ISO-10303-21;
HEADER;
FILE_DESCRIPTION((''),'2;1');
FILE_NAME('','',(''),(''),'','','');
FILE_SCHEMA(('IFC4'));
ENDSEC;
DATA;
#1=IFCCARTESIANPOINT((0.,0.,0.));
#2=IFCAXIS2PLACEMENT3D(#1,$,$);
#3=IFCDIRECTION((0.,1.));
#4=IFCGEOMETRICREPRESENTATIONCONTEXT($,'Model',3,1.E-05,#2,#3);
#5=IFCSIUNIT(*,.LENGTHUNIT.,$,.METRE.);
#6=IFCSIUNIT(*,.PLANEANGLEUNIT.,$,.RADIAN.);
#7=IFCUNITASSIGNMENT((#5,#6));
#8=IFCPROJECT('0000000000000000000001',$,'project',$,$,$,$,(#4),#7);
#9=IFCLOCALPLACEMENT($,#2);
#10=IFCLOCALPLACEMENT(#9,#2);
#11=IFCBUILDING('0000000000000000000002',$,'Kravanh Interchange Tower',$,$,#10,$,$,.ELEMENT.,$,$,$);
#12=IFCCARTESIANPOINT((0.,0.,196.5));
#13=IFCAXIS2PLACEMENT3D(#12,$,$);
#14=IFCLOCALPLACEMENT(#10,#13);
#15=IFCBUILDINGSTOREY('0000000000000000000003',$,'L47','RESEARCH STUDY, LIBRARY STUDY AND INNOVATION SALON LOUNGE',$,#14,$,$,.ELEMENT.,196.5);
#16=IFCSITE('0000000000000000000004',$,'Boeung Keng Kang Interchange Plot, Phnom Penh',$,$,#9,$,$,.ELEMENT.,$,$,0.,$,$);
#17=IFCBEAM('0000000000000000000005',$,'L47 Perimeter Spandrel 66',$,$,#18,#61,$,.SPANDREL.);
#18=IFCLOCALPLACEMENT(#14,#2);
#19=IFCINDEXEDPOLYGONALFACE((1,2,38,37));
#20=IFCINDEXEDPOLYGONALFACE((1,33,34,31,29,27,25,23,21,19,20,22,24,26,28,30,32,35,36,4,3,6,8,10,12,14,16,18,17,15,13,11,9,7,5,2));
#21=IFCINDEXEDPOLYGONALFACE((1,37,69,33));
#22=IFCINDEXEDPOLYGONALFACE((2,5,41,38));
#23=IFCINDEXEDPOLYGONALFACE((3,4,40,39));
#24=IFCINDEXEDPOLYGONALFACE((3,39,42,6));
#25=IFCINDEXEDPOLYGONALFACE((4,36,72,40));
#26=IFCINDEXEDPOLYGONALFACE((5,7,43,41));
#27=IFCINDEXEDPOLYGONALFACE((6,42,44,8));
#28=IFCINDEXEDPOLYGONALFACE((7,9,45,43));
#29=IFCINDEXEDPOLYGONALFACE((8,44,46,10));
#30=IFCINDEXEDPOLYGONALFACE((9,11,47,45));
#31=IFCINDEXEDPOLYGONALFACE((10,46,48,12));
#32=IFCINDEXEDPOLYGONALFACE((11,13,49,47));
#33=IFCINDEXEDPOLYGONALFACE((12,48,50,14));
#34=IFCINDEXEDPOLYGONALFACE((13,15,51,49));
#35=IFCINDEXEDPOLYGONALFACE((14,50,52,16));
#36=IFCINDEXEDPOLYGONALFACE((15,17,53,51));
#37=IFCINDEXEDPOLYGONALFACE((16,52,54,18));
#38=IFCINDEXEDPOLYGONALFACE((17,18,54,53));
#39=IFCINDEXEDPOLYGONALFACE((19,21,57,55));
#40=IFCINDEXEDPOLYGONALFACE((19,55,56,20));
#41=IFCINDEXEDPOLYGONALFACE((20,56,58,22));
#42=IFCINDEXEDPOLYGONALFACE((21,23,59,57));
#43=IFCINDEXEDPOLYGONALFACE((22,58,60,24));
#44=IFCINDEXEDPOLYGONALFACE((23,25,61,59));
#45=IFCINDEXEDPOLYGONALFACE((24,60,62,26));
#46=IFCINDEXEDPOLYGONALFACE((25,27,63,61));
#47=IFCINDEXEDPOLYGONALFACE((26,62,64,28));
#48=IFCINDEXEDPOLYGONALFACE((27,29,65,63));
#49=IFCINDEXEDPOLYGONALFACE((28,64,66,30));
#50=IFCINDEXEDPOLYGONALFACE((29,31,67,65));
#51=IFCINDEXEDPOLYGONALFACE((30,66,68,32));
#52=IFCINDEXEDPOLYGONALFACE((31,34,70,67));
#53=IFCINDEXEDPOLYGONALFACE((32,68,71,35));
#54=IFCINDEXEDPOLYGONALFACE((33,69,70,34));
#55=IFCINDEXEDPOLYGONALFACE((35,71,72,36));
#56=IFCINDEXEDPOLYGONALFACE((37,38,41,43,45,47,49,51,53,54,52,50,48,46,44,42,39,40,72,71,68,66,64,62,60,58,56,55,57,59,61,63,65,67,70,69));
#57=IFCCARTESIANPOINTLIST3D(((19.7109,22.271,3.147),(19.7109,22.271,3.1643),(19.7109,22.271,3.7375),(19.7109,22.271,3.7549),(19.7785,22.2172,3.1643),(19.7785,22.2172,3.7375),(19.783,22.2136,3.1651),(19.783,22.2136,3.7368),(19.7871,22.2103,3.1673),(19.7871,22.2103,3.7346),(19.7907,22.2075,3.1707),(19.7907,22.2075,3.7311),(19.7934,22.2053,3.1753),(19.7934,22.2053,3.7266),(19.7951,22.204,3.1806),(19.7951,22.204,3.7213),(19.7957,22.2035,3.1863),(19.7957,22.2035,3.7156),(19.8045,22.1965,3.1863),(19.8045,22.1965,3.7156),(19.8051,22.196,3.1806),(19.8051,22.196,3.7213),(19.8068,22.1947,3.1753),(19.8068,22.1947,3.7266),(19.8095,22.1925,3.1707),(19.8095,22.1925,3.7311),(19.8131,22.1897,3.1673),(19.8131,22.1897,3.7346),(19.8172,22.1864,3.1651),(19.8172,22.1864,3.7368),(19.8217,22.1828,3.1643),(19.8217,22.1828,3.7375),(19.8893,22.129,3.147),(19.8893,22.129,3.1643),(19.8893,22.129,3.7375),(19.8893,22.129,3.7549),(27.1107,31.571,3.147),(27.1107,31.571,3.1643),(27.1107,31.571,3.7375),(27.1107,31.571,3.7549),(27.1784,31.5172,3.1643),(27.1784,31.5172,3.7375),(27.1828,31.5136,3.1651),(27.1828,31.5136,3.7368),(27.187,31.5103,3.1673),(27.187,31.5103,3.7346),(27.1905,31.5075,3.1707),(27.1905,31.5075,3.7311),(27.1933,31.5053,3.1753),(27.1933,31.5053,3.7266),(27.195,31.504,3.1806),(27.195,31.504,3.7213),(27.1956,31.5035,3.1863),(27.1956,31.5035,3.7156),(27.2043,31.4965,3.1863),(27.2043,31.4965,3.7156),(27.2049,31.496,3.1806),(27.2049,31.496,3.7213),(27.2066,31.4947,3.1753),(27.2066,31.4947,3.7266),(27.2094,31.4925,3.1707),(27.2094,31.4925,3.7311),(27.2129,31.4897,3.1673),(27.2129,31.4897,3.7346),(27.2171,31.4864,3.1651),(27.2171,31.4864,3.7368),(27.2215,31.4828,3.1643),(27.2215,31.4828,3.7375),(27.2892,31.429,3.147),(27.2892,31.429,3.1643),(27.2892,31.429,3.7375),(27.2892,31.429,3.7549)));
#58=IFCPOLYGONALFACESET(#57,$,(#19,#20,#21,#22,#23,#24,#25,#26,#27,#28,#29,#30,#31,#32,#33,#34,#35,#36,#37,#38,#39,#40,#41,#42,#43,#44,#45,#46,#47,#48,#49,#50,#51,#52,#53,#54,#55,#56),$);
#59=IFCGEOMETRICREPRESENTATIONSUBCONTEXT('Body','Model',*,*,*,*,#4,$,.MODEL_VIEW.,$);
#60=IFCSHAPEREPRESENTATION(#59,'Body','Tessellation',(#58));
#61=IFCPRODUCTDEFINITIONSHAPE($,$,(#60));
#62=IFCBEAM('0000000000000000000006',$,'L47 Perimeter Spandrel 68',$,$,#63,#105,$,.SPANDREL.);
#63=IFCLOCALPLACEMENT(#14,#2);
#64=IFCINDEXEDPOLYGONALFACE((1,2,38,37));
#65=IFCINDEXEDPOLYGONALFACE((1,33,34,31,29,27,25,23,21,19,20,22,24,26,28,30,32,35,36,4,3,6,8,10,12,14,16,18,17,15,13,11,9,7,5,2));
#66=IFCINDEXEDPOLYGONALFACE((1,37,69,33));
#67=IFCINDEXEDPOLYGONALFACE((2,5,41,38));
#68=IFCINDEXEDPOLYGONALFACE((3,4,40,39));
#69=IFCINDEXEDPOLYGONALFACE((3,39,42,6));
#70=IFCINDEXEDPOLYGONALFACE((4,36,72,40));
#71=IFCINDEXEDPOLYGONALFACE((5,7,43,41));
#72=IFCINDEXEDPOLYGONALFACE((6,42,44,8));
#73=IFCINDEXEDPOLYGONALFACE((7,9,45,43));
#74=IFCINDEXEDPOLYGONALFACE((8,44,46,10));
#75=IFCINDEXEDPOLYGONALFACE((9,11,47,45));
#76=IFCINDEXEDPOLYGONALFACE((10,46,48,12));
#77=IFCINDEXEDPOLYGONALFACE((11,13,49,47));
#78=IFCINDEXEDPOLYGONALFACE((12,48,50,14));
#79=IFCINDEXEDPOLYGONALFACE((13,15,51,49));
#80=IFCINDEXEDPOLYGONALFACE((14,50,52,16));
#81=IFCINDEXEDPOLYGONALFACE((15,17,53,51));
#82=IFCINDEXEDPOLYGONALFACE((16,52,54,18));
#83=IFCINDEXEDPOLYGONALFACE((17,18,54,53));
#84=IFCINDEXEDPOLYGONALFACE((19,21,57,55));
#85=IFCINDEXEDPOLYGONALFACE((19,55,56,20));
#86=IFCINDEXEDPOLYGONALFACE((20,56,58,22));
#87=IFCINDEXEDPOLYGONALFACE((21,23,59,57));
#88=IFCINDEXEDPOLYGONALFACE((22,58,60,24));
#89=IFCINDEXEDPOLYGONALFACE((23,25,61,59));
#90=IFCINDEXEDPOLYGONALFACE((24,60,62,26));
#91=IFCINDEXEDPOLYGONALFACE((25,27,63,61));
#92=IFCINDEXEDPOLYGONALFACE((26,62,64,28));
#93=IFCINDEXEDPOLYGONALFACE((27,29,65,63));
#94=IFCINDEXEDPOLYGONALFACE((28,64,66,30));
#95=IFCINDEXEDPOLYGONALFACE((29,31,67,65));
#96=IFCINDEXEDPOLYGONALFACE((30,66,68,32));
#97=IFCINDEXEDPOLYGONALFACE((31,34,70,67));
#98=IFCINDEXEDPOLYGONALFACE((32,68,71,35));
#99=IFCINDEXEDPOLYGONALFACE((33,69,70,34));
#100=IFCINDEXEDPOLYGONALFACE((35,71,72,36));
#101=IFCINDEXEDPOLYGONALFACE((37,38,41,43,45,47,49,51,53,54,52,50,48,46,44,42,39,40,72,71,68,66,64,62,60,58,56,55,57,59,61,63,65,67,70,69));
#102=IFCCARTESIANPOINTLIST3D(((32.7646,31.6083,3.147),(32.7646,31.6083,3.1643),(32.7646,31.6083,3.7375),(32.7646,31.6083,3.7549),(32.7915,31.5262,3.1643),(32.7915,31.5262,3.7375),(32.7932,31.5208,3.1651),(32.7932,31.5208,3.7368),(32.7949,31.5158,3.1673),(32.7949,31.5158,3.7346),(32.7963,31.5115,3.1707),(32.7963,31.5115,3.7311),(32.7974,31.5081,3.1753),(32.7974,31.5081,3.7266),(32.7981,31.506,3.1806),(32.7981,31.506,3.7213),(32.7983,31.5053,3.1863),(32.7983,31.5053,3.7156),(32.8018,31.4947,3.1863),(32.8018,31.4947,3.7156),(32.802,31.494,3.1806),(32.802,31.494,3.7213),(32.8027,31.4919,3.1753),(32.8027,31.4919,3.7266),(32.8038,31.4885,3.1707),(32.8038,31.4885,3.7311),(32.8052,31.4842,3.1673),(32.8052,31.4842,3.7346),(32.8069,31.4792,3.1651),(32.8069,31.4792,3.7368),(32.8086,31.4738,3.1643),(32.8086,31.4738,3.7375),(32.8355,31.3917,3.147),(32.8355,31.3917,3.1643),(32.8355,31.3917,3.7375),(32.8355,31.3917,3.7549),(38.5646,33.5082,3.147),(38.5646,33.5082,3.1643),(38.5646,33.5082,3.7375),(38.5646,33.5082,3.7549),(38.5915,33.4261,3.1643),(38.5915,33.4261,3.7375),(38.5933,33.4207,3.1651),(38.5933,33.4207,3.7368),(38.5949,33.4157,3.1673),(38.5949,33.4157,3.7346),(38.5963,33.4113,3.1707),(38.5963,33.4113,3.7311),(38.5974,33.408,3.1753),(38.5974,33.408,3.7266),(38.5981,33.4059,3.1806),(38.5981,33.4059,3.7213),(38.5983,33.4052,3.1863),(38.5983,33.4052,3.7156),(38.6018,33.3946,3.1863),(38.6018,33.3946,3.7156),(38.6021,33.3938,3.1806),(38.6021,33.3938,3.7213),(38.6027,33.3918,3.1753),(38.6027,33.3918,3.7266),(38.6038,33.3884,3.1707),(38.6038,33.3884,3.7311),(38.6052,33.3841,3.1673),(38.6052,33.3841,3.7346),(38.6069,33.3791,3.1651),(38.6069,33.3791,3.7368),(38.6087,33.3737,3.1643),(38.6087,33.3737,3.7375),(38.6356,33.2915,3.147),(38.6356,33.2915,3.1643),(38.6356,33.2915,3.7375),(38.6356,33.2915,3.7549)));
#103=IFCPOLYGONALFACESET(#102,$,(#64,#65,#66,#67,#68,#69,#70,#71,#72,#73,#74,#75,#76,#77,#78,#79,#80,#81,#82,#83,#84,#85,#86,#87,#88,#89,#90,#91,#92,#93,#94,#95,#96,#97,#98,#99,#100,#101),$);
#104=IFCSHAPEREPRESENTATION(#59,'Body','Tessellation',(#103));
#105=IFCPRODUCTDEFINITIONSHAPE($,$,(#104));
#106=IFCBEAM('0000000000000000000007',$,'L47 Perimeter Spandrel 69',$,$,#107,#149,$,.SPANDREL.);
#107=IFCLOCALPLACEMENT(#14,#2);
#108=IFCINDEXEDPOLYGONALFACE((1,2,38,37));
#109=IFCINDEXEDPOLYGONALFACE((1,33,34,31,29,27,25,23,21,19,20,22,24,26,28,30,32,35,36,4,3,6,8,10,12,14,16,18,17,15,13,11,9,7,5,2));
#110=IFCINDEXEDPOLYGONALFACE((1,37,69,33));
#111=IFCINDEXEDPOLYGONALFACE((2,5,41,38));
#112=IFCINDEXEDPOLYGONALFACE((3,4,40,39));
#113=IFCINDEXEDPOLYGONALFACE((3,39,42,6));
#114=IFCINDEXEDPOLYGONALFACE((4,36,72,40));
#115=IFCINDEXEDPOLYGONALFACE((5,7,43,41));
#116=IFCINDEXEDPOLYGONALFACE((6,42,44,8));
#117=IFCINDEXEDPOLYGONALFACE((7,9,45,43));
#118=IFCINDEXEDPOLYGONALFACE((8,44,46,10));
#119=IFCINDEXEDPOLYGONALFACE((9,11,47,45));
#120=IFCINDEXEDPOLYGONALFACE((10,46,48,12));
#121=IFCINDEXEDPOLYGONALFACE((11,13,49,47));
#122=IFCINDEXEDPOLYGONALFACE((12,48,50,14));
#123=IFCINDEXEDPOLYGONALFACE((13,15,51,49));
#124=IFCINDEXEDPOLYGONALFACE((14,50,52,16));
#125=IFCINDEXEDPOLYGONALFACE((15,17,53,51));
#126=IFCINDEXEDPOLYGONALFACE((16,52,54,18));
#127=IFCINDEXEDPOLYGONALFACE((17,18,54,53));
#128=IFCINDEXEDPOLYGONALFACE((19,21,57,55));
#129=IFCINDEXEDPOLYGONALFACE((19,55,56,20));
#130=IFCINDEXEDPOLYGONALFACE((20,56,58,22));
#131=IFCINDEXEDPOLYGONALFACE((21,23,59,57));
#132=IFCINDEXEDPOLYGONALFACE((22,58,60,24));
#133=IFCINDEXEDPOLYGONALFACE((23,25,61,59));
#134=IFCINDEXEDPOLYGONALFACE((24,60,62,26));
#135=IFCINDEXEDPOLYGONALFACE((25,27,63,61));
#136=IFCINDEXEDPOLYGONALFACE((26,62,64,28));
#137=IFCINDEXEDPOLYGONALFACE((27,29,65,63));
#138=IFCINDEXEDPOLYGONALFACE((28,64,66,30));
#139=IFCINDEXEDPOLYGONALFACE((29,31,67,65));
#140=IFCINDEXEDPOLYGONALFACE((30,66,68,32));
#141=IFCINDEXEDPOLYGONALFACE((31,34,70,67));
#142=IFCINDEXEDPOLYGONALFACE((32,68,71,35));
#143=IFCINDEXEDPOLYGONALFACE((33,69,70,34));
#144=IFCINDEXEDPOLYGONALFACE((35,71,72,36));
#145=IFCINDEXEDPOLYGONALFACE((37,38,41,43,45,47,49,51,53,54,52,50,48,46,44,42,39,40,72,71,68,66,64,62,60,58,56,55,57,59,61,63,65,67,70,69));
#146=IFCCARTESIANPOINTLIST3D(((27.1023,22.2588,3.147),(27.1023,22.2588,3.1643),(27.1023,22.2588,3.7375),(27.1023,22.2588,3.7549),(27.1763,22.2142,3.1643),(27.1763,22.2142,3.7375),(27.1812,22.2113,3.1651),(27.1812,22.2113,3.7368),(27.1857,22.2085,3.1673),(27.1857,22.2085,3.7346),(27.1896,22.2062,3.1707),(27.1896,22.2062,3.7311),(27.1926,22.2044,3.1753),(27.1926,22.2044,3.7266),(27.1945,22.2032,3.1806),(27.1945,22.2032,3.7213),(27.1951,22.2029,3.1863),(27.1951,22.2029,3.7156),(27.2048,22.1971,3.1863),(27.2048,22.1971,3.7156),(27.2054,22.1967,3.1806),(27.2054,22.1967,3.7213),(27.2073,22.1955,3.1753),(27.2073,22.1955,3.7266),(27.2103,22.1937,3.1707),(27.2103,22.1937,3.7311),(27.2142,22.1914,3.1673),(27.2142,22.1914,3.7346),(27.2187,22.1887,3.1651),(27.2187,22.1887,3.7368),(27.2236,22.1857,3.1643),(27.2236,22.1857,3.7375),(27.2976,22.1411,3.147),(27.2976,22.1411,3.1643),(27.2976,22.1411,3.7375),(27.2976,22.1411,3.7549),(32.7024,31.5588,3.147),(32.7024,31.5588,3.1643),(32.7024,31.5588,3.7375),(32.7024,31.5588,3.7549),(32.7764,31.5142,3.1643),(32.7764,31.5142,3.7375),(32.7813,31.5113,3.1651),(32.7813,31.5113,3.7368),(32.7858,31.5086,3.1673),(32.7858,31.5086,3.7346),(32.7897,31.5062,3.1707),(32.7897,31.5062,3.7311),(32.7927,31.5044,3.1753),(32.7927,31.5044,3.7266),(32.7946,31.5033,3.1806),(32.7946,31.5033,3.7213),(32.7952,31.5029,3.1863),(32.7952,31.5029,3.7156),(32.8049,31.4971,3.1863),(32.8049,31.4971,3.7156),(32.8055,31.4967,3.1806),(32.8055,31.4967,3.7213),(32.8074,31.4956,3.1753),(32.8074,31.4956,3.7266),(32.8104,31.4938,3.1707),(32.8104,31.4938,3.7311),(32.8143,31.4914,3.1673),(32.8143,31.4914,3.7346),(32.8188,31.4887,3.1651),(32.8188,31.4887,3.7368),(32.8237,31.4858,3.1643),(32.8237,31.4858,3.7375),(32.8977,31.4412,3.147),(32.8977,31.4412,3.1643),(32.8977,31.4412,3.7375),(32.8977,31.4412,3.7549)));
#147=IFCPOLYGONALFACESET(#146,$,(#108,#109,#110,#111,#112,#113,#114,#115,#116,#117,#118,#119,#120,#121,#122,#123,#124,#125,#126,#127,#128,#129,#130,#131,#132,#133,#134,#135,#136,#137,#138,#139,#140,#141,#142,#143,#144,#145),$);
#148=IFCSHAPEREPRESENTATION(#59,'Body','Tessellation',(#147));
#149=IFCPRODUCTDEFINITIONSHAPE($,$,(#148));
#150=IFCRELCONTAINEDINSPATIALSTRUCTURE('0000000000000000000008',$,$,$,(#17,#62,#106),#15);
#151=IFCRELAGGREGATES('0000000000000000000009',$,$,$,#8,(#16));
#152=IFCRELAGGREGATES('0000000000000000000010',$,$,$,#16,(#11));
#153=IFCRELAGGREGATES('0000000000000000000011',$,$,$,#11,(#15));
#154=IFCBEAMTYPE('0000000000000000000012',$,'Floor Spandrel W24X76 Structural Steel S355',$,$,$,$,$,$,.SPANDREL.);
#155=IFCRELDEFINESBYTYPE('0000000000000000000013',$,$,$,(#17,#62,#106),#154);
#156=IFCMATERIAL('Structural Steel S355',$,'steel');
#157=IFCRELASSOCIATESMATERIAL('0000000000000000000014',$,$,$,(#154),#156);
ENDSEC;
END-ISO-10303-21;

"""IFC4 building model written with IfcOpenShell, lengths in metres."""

from ifc_helpers import new_model, si_unit, direction, frame, origin, origin_2d, place, context, subcontext, project, spatial, i_section, extrude, material, material_profile, profile_set, type_object, element, save


model = new_model("IFC4")

# Units and contexts
model_context = context("Model", 3, precision=1e-05, world=origin(), true_north=direction((0.0, 1.0)))
body_context = subcontext(model_context, "Body", "Model", "MODEL_VIEW")
ifc_project = project(units=[si_unit("LENGTHUNIT", "METRE"), si_unit("PLANEANGLEUNIT", "RADIAN")], contexts=[model_context])

# Site, building, storey
site_placement = place(None, origin())
site = spatial("IfcSite", under=ifc_project, at=site_placement, Name="Boeung Keng Kang Interchange Plot, Phnom Penh", CompositionType="ELEMENT", RefElevation=0.0)
building_placement = place(site_placement, origin())
building = spatial("IfcBuilding", under=site, at=building_placement, Name="Kravanh Interchange Tower", CompositionType="ELEMENT")
storey_placement = place(building_placement, frame((0.0, 0.0, 196.5)))
storey = spatial("IfcBuildingStorey", under=building, at=storey_placement, Name="L47", Description="RESEARCH STUDY, LIBRARY STUDY AND INNOVATION SALON LOUNGE", CompositionType="ELEMENT", Elevation=196.5)

# Beams
ifc_material_1 = material(Name="Structural Steel S355", Category="steel")
ifc_material_profile_1 = material_profile(ifc_material_1, i_section(OverallWidth=0.228, OverallDepth=0.6079, WebThickness=0.0112, FlangeThickness=0.0173, FilletRadius=0.022, at=origin_2d()), Name="W24X76")
ifc_profile_set_1 = profile_set([ifc_material_profile_1], Name="Structural Steel S355")
beam_type_1 = type_object("IfcBeamType", Name="Floor Spandrel W24X76 Structural Steel S355", PredefinedType="SPANDREL", material=ifc_profile_set_1)
beam_1_placement = place(storey_placement, frame((27.2, 31.5, 3.4509), z_axis=(-0.622634, -0.782513, 0.0), x_axis=(0.782513, -0.622634, 0.0)))
element("IfcBeam", 1, at=beam_1_placement, inside=storey, type_object=beam_type_1, Name="L47 Perimeter Spandrel 66", PredefinedType="SPANDREL", context=body_context, shape_type="SweptSolid", body=[
    extrude(i_section(OverallWidth=0.228, OverallDepth=0.6079, WebThickness=0.0112, FlangeThickness=0.0173, FilletRadius=0.022, at=origin_2d()), origin(), (0.0, 0.0, 1.0), 11.8848),
])
beam_2_placement = place(storey_placement, frame((32.8, 31.5, 3.4509), z_axis=(0.950315, 0.311291, 0.0), x_axis=(-0.311291, 0.950315, 0.0)))
element("IfcBeam", 2, at=beam_2_placement, inside=storey, type_object=beam_type_1, Name="L47 Perimeter Spandrel 68", PredefinedType="SPANDREL", context=body_context, shape_type="SweptSolid", body=[
    extrude(i_section(OverallWidth=0.228, OverallDepth=0.6079, WebThickness=0.0112, FlangeThickness=0.0173, FilletRadius=0.022, at=origin_2d()), origin(), (0.0, 0.0, 1.0), 6.1033),
])
beam_3_placement = place(storey_placement, frame((32.8, 31.5, 3.4509), z_axis=(-0.515854, -0.856676, 0.0), x_axis=(0.856676, -0.515854, 0.0)))
element("IfcBeam", 3, at=beam_3_placement, inside=storey, type_object=beam_type_1, Name="L47 Perimeter Spandrel 69", PredefinedType="SPANDREL", context=body_context, shape_type="SweptSolid", body=[
    extrude(i_section(OverallWidth=0.228, OverallDepth=0.6079, WebThickness=0.0112, FlangeThickness=0.0173, FilletRadius=0.022, at=origin_2d()), origin(), (0.0, 0.0, 1.0), 10.856),
])

save(model, "model.ifc")
